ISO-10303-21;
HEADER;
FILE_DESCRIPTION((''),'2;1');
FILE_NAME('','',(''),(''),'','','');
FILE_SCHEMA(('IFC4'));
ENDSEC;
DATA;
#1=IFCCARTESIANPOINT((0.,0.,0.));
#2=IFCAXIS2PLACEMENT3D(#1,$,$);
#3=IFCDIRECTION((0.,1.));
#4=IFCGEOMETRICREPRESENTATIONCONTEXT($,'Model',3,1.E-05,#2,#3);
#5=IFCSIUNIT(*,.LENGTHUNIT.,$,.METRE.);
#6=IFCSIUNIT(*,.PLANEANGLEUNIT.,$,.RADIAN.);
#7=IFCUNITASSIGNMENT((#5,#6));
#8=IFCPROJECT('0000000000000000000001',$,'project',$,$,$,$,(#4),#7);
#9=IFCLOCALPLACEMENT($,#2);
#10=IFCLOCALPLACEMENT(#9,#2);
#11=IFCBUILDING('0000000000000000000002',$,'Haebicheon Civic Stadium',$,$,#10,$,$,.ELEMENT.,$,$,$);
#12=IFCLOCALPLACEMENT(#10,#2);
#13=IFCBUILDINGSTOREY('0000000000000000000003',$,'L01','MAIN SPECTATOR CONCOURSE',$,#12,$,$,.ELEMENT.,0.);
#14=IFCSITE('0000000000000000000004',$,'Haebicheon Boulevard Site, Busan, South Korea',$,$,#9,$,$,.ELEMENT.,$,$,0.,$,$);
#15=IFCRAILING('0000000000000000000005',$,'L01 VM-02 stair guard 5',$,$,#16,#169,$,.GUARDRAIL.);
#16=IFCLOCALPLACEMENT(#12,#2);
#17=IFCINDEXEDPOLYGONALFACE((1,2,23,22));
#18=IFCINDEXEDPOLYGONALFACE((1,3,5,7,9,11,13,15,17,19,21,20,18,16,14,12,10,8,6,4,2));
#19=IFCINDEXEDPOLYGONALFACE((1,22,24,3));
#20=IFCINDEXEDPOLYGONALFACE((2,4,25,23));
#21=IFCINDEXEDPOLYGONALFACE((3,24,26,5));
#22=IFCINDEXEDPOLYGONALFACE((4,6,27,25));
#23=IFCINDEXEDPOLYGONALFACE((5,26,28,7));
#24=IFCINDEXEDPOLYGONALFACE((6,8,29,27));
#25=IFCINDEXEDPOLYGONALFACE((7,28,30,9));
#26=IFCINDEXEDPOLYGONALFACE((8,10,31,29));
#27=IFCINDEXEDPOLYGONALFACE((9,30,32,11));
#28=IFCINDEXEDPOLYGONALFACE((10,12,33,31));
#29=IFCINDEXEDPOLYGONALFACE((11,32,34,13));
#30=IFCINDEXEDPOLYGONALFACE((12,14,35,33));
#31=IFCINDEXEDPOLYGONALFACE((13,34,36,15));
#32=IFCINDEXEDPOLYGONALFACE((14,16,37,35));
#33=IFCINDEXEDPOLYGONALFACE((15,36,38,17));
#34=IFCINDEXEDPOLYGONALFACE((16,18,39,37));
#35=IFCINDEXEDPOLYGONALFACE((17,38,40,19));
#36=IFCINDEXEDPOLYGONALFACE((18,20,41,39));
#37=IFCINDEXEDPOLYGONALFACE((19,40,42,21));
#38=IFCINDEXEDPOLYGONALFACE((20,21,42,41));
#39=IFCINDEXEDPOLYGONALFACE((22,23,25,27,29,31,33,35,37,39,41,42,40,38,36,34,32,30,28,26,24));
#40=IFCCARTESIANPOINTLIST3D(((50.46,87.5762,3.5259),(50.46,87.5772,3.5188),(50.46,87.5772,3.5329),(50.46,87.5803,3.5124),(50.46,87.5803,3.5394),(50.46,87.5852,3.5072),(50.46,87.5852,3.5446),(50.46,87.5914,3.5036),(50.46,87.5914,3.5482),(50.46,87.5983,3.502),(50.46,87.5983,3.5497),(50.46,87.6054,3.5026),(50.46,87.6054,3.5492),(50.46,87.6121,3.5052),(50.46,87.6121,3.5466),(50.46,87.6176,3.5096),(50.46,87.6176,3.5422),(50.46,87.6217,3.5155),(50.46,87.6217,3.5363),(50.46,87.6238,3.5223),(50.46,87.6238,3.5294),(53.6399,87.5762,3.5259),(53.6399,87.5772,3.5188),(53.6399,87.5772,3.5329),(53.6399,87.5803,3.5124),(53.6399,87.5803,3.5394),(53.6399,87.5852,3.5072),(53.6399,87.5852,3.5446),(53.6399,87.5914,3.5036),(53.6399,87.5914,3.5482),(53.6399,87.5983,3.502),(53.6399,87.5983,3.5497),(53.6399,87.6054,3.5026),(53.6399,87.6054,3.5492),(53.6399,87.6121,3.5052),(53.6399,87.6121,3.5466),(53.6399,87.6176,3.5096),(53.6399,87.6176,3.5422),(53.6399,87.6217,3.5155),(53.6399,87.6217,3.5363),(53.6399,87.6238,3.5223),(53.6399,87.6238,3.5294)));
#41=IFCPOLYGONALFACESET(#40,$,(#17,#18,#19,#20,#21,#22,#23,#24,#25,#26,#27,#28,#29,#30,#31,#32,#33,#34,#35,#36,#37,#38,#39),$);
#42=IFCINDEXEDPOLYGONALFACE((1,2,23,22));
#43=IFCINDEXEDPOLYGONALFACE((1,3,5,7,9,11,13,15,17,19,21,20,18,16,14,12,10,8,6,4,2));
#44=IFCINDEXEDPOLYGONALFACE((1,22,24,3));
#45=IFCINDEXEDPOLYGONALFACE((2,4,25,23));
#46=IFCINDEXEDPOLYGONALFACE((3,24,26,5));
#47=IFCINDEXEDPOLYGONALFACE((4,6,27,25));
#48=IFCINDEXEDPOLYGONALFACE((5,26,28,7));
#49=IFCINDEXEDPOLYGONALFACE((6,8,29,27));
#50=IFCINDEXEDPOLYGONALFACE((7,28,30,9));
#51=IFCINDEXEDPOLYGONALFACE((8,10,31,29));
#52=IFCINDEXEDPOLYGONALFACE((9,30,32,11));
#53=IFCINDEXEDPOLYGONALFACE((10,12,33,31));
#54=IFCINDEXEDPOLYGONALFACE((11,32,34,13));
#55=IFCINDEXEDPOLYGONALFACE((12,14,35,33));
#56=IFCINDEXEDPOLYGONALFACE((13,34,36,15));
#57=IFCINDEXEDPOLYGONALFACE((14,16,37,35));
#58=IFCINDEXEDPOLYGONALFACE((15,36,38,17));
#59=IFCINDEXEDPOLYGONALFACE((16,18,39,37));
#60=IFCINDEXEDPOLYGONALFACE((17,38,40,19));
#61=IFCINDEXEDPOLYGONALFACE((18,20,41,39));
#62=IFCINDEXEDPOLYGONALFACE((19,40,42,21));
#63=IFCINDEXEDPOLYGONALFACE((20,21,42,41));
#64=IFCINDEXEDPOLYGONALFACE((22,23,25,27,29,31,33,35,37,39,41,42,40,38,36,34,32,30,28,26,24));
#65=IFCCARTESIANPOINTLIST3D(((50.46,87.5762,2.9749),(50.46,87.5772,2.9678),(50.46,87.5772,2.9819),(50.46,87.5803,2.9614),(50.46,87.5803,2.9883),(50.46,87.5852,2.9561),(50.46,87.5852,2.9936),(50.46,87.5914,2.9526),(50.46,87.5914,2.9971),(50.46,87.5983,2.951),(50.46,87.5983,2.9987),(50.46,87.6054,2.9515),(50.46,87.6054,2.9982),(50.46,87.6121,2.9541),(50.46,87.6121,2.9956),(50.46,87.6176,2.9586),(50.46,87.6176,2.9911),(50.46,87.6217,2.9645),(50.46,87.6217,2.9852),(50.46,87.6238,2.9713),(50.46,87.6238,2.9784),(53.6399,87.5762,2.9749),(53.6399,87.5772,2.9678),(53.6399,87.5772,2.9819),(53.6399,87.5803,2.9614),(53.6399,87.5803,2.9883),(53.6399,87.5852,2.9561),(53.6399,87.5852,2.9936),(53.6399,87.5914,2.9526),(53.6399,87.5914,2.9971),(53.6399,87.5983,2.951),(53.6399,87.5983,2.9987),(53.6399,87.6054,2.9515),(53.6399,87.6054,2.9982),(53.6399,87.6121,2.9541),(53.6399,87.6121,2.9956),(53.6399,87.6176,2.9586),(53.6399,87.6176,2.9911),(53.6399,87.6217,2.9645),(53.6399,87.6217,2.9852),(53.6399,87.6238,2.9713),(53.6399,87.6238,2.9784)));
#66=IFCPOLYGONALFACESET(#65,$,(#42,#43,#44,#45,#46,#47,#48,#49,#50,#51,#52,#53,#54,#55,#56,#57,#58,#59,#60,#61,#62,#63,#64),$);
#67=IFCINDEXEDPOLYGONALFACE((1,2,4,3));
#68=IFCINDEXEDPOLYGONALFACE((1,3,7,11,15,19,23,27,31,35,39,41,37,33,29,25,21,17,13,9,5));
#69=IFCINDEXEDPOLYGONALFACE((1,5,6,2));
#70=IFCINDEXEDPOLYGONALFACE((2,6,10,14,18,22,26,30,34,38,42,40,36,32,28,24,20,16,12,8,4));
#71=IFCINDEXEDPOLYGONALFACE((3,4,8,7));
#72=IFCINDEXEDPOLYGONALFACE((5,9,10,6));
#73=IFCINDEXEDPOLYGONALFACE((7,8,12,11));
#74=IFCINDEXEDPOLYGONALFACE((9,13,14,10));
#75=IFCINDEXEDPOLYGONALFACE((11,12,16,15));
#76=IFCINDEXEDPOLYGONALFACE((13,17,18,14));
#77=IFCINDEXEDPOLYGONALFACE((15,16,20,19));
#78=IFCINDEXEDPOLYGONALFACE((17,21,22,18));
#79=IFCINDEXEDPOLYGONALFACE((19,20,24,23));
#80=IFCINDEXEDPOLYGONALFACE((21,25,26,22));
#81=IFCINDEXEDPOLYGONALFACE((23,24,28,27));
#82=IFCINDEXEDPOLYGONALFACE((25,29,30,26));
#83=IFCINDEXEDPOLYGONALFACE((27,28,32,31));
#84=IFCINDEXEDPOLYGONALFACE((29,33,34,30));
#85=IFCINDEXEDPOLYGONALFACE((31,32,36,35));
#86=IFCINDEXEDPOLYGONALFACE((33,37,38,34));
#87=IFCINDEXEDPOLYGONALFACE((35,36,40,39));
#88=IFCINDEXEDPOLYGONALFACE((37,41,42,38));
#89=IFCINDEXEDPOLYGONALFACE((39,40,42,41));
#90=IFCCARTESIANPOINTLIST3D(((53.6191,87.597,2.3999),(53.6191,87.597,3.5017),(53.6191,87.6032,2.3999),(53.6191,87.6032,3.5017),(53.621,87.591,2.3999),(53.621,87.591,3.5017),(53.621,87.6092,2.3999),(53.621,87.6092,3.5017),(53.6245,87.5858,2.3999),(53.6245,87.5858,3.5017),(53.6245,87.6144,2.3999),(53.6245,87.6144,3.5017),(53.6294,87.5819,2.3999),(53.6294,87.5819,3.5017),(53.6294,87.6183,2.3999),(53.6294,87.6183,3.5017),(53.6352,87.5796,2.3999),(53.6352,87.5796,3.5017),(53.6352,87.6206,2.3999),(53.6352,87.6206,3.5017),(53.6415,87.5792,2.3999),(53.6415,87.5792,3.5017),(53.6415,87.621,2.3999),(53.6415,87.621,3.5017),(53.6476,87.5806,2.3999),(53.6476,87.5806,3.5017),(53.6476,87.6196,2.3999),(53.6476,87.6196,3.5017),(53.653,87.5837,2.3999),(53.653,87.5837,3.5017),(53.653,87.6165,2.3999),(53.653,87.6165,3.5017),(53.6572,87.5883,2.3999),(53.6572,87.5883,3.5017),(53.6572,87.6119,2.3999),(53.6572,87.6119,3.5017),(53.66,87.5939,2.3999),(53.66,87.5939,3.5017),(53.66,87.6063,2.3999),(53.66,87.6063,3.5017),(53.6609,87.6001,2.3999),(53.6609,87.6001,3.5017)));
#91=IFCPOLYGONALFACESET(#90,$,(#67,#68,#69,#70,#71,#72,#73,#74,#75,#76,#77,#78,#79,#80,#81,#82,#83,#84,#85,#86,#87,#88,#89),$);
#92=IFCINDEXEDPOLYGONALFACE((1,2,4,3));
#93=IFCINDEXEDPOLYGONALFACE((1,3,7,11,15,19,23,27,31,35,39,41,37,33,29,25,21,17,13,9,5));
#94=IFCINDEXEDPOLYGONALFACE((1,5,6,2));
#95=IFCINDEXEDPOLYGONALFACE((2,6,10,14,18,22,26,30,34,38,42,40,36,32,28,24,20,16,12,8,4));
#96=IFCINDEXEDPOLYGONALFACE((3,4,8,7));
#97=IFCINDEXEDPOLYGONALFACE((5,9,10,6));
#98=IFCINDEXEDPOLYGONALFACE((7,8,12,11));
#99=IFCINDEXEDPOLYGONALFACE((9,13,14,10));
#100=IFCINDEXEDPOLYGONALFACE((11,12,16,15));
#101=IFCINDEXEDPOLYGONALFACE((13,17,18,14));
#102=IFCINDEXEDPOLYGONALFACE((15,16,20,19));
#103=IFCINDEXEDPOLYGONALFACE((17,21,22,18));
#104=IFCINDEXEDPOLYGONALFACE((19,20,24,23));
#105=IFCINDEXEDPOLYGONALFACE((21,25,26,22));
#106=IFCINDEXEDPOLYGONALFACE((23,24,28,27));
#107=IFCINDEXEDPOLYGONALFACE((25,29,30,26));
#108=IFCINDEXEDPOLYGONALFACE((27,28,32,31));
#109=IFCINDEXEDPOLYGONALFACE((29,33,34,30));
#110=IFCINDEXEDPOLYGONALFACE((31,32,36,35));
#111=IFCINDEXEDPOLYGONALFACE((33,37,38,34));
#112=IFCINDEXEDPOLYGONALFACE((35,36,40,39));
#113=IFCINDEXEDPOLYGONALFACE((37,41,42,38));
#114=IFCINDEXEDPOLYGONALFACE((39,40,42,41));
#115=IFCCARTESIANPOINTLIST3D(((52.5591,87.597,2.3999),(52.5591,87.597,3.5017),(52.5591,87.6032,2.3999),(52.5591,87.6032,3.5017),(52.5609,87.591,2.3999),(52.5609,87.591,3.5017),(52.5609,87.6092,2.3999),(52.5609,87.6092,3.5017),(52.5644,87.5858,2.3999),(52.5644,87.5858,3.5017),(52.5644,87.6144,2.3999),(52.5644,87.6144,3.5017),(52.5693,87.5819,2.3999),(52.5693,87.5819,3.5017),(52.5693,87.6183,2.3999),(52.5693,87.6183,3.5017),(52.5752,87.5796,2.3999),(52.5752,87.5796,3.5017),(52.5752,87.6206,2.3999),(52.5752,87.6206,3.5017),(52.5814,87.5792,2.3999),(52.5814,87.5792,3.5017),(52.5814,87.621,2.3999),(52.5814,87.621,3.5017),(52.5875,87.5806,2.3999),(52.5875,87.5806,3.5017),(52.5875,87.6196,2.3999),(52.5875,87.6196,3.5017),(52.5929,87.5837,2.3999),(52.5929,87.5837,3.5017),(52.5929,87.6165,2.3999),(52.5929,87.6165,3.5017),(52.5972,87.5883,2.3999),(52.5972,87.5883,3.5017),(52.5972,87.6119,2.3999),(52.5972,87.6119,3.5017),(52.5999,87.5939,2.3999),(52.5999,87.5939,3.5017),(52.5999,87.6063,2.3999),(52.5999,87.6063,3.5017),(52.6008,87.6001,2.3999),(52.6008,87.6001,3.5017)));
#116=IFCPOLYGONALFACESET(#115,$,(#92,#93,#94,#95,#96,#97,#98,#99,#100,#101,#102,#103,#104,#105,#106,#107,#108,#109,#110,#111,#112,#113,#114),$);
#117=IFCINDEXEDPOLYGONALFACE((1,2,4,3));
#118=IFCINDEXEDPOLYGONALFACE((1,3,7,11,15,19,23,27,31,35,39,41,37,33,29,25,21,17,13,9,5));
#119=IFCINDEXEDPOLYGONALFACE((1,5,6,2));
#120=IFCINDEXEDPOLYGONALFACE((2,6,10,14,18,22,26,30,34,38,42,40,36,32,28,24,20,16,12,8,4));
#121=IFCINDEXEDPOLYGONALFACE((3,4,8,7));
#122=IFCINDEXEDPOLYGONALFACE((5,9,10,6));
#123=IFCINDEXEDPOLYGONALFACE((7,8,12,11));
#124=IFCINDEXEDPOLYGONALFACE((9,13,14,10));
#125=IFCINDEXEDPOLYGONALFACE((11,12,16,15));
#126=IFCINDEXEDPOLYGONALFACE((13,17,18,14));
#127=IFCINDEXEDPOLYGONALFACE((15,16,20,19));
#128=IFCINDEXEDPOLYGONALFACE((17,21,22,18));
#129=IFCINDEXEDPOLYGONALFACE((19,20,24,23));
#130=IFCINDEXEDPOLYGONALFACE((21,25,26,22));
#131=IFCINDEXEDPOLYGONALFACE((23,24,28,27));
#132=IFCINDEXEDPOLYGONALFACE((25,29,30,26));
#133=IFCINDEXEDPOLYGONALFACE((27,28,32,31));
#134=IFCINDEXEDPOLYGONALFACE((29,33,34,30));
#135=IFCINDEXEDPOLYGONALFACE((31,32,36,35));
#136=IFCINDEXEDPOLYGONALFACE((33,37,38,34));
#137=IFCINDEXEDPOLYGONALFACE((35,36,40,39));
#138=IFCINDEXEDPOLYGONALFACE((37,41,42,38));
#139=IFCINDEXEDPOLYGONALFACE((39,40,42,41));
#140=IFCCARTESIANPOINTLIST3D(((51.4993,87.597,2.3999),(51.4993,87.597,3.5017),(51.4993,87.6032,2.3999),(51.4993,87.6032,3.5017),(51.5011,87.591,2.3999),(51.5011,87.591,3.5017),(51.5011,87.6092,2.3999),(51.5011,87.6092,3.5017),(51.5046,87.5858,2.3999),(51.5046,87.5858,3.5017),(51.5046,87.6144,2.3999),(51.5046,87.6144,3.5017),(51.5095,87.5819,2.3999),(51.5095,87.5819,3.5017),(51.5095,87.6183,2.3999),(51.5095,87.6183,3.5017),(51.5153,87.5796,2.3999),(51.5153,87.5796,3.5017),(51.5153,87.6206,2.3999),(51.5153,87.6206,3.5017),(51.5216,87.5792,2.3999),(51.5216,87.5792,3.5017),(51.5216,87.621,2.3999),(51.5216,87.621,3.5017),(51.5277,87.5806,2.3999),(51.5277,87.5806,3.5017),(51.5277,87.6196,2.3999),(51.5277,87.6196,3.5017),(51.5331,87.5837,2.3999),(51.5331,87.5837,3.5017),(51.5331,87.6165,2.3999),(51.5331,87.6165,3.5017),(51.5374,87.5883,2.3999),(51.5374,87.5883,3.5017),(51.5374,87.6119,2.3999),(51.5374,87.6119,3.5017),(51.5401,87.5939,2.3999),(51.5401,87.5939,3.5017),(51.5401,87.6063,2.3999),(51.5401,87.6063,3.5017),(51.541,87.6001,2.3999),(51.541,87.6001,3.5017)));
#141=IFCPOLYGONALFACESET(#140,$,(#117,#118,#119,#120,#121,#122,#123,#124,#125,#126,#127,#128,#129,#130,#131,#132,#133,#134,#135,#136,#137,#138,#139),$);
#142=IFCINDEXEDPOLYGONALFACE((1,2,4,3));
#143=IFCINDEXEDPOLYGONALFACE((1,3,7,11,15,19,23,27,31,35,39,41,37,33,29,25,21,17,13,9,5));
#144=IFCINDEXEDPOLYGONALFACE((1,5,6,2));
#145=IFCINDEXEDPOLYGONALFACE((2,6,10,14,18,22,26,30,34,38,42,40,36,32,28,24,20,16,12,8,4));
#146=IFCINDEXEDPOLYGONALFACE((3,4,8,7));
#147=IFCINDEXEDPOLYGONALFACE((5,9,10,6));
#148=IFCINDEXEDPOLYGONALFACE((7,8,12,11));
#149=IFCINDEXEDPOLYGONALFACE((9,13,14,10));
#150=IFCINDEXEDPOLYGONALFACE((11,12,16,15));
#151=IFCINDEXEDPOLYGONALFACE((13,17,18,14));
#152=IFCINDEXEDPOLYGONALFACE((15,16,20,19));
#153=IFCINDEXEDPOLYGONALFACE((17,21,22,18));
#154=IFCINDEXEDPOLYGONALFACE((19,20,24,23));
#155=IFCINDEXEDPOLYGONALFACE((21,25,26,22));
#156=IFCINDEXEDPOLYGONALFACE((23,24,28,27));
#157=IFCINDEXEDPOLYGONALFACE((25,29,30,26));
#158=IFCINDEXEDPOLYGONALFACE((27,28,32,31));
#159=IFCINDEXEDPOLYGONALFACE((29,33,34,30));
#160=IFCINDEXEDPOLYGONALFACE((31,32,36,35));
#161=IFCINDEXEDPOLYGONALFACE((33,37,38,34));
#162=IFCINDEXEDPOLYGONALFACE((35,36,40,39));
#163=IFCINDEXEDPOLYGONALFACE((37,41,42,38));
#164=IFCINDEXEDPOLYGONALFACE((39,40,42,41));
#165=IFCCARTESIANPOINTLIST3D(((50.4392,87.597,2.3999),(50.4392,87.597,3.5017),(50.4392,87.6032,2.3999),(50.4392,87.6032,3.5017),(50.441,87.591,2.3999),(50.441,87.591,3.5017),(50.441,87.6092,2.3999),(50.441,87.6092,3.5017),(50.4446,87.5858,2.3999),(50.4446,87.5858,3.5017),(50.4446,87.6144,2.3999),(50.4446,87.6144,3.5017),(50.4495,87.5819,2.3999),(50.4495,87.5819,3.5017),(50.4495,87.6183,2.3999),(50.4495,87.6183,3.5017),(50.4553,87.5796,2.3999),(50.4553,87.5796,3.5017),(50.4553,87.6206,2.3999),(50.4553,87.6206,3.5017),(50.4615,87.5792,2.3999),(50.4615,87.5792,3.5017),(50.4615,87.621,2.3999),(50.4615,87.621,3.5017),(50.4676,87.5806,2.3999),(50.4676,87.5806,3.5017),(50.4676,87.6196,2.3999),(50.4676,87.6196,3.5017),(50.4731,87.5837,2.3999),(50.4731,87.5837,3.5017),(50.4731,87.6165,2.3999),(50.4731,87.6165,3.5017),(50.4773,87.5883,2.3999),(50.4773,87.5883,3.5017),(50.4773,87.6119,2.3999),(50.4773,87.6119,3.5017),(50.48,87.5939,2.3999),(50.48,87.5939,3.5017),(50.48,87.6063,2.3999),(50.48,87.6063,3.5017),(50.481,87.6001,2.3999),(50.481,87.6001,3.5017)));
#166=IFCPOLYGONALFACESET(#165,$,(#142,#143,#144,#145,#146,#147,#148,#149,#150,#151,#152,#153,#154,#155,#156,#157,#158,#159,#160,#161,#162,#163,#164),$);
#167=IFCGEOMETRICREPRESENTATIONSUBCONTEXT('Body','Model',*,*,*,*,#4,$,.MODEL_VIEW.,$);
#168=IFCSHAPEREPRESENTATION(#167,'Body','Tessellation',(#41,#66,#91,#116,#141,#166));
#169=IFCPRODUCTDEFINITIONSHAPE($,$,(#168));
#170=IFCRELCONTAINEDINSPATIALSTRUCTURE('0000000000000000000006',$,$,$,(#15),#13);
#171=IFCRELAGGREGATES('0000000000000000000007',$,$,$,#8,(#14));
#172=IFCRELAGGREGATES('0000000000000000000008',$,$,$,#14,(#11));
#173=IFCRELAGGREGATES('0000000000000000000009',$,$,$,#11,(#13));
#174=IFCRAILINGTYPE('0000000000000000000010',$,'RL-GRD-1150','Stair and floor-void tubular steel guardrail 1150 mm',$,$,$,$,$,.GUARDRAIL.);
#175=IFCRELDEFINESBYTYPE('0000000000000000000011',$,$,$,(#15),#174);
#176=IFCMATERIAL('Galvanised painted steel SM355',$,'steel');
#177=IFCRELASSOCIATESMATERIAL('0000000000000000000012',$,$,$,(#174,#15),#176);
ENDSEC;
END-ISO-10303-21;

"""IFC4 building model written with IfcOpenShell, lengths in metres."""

from ifc_helpers import new_model, si_unit, direction, frame, origin, origin_2d, place, context, subcontext, project, spatial, circle, extrude, material, type_object, element, save


model = new_model("IFC4")

# Units and contexts
model_context = context("Model", 3, precision=1e-05, world=origin(), true_north=direction((0.0, 1.0)))
body_context = subcontext(model_context, "Body", "Model", "MODEL_VIEW")
ifc_project = project(units=[si_unit("LENGTHUNIT", "METRE"), si_unit("PLANEANGLEUNIT", "RADIAN")], contexts=[model_context])

# Site, building, storey
site_placement = place(None, origin())
site = spatial("IfcSite", under=ifc_project, at=site_placement, Name="Haebicheon Boulevard Site, Busan, South Korea", CompositionType="ELEMENT", RefElevation=0.0)
building_placement = place(site_placement, origin())
building = spatial("IfcBuilding", under=site, at=building_placement, Name="Haebicheon Civic Stadium", CompositionType="ELEMENT")
storey_placement = place(building_placement, origin())
storey = spatial("IfcBuildingStorey", under=building, at=storey_placement, Name="L01", Description="MAIN SPECTATOR CONCOURSE", CompositionType="ELEMENT", Elevation=0.0)

# Railing
ifc_material_1 = material(Name="Galvanised painted steel SM355", Category="steel")
railing_type_1 = type_object("IfcRailingType", Name="RL-GRD-1150", Description="Stair and floor-void tubular steel guardrail 1150 mm", PredefinedType="GUARDRAIL", material=ifc_material_1)
railing_1_placement = place(storey_placement, frame((53.6399, 87.6001, 2.3999)))
element("IfcRailing", 1, at=railing_1_placement, inside=storey, type_object=railing_type_1, material=ifc_material_1, Name="L01 VM-02 stair guard 5", PredefinedType="GUARDRAIL", context=body_context, shape_type="SweptSolid", body=[
    extrude(circle(Radius=0.0239, at=origin_2d()), frame((0.0, 0.0, 1.126), z_axis=(-1.0, 0.0, 0.0), x_axis=(0.0, -1.0, 0.0)), (0.0, 0.0, 1.0), 3.1799),
    extrude(circle(Radius=0.0239, at=origin_2d()), frame((0.0, 0.0, 0.575), z_axis=(-1.0, 0.0, 0.0), x_axis=(0.0, -1.0, 0.0)), (0.0, 0.0, 1.0), 3.1799),
    extrude(circle(Radius=0.021, at=origin_2d()), origin(), (0.0, 0.0, 1.0), 1.1018),
    extrude(circle(Radius=0.021, at=origin_2d()), frame((-1.0601, 0.0, 0.0)), (0.0, 0.0, 1.0), 1.1018),
    extrude(circle(Radius=0.021, at=origin_2d()), frame((-2.1199, 0.0, 0.0)), (0.0, 0.0, 1.0), 1.1018),
    extrude(circle(Radius=0.021, at=origin_2d()), frame((-3.1799, 0.0, 0.0)), (0.0, 0.0, 1.0), 1.1018),
])

save(model, "model.ifc")
